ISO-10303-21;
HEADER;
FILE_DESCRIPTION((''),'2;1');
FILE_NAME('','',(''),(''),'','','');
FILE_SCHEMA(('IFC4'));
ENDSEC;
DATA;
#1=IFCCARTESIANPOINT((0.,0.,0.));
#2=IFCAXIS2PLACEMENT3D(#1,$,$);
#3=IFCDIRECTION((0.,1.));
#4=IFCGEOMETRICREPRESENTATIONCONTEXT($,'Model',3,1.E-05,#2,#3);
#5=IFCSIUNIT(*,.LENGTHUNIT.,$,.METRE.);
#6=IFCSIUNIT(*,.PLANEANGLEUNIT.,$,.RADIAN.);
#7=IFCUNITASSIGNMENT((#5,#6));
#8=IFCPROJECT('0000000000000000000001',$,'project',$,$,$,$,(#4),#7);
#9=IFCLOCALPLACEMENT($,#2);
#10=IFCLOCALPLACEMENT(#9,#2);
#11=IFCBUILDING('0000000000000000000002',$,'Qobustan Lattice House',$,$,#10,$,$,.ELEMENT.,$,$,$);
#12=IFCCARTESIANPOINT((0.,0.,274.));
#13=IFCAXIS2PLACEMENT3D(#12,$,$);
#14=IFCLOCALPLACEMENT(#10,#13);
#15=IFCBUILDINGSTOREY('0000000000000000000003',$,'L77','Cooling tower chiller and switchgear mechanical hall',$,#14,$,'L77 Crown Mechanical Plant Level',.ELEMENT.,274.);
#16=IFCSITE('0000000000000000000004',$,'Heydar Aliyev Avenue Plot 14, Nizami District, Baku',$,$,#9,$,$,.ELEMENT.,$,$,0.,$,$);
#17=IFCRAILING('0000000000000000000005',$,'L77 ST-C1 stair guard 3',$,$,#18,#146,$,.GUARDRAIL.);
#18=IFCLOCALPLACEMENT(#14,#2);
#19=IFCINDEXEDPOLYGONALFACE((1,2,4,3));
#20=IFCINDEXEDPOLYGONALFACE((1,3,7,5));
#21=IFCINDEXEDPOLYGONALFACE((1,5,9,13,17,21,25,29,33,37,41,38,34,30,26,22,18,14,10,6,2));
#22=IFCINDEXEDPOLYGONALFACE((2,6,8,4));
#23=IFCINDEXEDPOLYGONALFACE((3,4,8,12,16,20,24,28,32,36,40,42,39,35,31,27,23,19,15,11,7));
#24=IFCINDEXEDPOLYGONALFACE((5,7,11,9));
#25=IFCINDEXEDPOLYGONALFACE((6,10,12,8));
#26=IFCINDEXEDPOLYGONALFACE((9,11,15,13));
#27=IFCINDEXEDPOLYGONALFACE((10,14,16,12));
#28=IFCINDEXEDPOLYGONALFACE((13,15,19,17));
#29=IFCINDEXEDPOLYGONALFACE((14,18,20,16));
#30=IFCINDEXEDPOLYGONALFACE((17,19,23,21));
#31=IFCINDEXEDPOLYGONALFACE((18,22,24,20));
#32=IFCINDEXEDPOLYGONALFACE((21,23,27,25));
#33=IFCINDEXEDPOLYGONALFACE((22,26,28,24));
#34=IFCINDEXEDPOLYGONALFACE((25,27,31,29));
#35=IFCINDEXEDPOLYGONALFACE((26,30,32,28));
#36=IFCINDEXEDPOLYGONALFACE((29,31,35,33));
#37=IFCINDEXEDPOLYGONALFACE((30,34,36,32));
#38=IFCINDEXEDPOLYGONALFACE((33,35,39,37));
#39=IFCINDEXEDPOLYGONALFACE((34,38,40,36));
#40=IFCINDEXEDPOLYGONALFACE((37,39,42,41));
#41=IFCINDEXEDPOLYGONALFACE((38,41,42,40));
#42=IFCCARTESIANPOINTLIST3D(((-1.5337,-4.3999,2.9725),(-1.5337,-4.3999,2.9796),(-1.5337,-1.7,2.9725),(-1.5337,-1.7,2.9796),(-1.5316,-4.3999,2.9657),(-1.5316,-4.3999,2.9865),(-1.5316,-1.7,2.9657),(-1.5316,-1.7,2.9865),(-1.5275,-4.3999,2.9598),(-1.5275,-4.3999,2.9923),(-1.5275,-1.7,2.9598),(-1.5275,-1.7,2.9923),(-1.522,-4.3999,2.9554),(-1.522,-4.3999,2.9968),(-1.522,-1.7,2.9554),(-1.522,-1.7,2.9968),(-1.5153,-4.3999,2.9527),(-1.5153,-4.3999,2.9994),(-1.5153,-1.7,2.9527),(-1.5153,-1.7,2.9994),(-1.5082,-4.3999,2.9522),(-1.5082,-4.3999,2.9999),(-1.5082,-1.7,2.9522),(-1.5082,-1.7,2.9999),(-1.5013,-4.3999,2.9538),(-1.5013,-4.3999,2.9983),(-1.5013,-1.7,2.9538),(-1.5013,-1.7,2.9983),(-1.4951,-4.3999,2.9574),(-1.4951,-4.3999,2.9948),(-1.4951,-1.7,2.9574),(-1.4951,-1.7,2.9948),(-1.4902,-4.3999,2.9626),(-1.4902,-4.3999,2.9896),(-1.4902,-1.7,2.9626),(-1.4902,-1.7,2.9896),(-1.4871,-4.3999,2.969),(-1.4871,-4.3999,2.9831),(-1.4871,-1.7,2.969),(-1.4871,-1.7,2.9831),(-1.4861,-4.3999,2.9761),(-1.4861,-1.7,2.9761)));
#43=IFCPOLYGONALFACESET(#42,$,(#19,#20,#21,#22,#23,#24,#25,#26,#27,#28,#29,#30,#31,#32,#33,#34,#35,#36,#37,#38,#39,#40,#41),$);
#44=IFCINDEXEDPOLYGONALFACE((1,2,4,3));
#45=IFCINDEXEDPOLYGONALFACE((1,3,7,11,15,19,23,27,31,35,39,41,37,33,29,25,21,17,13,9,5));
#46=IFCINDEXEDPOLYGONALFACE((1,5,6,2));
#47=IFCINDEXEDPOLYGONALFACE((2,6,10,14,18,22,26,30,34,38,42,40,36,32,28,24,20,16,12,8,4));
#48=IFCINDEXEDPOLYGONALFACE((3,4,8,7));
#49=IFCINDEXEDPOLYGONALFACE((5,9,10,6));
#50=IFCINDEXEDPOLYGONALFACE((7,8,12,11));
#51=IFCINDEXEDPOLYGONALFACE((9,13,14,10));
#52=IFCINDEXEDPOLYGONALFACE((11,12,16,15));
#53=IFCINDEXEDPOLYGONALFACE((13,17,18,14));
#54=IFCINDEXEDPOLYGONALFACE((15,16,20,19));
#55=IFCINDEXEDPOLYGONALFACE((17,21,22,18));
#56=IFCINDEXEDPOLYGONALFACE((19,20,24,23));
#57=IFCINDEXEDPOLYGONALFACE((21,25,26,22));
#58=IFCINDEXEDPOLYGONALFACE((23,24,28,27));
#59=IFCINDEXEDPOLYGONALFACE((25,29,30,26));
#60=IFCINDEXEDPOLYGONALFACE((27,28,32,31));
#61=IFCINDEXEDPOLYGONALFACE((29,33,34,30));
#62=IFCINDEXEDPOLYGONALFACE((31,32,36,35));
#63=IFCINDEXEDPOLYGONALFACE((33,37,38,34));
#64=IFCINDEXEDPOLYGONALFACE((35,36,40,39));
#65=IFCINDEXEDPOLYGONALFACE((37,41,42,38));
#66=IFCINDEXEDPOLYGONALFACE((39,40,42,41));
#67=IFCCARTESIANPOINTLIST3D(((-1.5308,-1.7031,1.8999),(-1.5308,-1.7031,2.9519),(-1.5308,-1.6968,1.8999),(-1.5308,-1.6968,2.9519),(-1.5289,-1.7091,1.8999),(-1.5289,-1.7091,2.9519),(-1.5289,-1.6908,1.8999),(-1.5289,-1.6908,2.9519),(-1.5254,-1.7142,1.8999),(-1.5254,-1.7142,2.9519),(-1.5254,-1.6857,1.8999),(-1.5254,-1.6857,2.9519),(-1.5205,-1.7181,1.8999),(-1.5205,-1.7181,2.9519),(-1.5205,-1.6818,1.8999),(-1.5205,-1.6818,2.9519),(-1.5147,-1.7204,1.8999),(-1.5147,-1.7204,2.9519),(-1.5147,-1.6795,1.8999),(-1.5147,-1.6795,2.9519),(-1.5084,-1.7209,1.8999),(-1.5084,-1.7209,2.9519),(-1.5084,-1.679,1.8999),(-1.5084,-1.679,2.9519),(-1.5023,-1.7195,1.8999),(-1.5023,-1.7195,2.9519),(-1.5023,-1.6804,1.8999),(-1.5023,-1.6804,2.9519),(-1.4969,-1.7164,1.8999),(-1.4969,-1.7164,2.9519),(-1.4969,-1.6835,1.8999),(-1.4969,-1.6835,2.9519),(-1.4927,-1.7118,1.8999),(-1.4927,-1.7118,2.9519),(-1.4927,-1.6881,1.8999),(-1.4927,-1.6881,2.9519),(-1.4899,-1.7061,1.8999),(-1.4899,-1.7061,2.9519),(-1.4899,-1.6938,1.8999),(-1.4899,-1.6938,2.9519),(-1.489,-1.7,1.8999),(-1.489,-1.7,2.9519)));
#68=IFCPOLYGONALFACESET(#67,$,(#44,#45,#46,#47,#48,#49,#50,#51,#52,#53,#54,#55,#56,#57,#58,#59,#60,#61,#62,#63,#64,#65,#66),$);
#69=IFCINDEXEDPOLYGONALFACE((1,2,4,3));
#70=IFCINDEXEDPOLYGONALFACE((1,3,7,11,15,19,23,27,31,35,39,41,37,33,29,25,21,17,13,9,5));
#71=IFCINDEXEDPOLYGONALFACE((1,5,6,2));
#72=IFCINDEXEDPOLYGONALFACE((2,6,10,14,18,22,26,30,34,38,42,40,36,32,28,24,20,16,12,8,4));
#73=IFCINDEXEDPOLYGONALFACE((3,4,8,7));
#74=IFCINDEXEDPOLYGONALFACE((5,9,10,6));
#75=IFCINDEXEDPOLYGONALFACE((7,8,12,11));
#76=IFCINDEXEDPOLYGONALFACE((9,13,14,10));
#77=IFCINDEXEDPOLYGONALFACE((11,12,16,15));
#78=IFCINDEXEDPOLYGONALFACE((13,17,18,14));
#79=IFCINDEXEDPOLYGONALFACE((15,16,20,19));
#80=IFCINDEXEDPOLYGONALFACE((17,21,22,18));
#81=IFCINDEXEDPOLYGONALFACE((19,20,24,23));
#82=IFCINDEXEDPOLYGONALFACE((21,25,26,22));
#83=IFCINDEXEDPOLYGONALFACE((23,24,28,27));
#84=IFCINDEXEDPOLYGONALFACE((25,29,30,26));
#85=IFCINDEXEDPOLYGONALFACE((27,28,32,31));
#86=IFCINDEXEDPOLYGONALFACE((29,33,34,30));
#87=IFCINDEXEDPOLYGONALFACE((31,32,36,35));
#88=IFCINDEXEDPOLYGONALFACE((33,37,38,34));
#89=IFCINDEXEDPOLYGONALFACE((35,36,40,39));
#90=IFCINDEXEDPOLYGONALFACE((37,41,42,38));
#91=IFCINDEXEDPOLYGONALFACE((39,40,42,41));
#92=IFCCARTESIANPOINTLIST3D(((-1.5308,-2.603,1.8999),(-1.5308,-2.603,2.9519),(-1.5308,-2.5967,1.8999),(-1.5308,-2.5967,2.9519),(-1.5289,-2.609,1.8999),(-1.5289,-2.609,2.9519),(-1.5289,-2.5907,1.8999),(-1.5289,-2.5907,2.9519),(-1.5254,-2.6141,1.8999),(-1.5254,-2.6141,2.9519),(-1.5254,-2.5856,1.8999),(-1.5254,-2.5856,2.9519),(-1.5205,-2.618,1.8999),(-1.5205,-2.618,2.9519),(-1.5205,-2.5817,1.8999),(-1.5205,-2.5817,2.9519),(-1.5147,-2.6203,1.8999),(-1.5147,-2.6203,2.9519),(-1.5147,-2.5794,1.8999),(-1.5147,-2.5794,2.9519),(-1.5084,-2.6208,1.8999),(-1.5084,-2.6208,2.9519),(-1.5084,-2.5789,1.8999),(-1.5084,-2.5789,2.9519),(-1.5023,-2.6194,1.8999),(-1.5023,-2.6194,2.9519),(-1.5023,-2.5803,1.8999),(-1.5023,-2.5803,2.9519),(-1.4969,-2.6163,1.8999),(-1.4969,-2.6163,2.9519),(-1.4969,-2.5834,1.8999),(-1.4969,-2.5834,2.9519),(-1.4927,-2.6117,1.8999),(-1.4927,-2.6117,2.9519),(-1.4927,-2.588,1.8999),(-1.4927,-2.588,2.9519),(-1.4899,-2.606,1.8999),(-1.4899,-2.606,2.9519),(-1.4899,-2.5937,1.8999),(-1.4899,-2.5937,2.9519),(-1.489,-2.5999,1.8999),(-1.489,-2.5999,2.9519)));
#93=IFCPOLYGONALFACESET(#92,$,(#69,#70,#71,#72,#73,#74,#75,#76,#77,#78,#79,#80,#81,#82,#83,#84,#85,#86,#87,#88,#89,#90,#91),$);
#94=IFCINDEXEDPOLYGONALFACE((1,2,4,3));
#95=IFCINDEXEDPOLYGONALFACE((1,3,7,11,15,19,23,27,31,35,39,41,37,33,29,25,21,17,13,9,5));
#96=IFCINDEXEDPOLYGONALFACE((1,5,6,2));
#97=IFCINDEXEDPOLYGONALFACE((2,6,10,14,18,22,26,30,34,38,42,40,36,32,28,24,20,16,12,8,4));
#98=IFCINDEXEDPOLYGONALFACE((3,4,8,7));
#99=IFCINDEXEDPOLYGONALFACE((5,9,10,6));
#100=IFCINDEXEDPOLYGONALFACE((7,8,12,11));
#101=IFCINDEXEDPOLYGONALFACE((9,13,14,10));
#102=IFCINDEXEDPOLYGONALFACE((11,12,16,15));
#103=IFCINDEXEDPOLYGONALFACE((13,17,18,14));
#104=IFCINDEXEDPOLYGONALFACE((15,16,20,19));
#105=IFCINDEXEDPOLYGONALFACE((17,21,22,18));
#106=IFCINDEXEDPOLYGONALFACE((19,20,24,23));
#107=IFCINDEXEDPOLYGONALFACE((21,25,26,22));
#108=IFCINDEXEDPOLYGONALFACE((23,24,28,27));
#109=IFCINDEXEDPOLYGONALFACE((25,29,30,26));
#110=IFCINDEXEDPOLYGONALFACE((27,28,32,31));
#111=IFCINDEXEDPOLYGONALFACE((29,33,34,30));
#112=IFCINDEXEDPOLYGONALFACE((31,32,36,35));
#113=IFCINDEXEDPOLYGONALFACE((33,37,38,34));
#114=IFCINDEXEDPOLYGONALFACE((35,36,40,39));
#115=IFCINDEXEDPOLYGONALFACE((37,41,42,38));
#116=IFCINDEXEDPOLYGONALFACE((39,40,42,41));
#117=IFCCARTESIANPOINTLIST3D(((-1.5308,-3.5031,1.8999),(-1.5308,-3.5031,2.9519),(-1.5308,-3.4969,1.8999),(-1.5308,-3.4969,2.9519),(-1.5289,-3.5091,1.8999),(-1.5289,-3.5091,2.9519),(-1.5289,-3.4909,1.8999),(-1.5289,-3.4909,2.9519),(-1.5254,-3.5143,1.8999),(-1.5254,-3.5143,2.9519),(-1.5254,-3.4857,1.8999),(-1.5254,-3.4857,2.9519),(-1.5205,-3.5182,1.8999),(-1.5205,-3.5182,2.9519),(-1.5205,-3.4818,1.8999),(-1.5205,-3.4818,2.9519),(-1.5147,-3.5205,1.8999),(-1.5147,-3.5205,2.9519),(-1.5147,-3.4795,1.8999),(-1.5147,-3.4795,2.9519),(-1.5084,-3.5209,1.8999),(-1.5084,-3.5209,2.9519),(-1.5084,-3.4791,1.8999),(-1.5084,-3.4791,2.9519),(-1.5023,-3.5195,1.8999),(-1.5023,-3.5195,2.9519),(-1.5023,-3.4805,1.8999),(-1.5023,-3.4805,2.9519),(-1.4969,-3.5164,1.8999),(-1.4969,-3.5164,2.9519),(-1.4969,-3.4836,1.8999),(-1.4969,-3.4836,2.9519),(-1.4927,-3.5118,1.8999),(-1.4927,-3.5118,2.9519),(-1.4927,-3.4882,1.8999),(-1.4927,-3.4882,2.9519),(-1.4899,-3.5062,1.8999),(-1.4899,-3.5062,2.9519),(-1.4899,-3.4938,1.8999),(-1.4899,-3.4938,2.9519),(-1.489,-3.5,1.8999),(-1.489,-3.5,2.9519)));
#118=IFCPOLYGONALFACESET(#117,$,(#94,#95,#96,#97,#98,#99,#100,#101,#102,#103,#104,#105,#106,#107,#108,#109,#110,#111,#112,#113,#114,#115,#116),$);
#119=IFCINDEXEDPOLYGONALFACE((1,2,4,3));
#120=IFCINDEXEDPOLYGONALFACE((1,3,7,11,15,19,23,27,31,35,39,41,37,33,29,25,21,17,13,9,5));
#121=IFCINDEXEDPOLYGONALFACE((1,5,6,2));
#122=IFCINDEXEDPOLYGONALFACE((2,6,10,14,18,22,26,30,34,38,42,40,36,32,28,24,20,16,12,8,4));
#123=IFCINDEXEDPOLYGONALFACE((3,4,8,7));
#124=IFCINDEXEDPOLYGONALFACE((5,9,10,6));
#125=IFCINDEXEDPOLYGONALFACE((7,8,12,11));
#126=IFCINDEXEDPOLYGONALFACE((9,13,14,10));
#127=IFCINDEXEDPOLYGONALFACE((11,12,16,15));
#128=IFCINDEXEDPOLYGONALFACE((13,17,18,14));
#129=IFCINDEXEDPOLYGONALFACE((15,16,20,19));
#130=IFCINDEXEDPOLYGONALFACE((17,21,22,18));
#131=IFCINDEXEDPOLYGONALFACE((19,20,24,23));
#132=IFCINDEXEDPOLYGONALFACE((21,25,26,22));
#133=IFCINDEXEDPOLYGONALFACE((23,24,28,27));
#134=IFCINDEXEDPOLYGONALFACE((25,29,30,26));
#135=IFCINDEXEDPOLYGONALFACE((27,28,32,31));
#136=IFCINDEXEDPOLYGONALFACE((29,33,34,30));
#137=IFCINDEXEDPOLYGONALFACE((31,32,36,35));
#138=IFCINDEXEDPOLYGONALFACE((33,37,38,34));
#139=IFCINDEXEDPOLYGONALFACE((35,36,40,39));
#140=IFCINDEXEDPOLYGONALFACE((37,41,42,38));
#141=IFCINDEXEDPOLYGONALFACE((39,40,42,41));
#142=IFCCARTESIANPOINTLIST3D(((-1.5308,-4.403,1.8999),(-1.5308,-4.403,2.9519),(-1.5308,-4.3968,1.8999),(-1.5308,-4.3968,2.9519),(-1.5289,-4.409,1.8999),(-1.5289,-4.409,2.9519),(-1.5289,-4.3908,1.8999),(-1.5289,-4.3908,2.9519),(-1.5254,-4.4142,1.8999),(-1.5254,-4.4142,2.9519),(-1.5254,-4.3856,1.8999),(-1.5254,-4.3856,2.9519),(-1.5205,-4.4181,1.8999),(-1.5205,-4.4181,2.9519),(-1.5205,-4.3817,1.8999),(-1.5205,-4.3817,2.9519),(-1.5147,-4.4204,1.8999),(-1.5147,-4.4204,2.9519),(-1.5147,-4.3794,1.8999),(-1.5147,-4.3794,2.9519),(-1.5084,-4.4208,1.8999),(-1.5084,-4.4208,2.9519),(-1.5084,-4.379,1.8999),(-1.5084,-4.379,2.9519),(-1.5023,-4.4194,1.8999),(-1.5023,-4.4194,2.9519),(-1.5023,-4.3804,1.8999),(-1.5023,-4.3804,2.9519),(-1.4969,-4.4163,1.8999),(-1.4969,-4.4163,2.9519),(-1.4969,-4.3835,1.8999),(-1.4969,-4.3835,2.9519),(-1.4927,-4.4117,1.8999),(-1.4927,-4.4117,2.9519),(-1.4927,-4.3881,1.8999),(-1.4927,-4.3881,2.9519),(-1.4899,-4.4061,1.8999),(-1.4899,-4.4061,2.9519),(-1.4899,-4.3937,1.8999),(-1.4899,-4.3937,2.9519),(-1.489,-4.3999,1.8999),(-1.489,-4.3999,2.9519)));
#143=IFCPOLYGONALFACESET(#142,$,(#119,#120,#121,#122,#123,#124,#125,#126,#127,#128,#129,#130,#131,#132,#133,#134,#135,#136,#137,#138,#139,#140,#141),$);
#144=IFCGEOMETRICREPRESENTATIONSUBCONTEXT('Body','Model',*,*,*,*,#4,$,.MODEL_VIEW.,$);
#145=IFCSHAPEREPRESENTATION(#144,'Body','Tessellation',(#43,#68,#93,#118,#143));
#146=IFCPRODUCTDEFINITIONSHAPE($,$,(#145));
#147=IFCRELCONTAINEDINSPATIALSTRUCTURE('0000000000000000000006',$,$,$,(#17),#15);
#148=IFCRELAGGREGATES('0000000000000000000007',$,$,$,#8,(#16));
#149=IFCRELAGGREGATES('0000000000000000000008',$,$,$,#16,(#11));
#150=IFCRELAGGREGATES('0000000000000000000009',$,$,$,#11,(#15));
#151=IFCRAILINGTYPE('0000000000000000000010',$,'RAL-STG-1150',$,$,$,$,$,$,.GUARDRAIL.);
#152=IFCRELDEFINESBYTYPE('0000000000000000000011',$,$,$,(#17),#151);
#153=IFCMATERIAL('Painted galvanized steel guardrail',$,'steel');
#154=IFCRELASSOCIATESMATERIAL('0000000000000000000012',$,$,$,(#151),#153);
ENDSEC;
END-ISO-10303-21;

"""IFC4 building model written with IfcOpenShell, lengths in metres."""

from ifc_helpers import new_model, si_unit, direction, frame, origin, origin_2d, place, context, subcontext, project, spatial, circle, extrude, material, type_object, element, save


model = new_model("IFC4")

# Units and contexts
model_context = context("Model", 3, precision=1e-05, world=origin(), true_north=direction((0.0, 1.0)))
body_context = subcontext(model_context, "Body", "Model", "MODEL_VIEW")
ifc_project = project(units=[si_unit("LENGTHUNIT", "METRE"), si_unit("PLANEANGLEUNIT", "RADIAN")], contexts=[model_context])

# Site, building, storey
site_placement = place(None, origin())
site = spatial("IfcSite", under=ifc_project, at=site_placement, Name="Heydar Aliyev Avenue Plot 14, Nizami District, Baku", CompositionType="ELEMENT", RefElevation=0.0)
building_placement = place(site_placement, origin())
building = spatial("IfcBuilding", under=site, at=building_placement, Name="Qobustan Lattice House", CompositionType="ELEMENT")
storey_placement = place(building_placement, frame((0.0, 0.0, 274.0)))
storey = spatial("IfcBuildingStorey", under=building, at=storey_placement, Name="L77", Description="Cooling tower chiller and switchgear mechanical hall", LongName="L77 Crown Mechanical Plant Level", CompositionType="ELEMENT", Elevation=274.0)

# Railing
ifc_material_1 = material(Name="Painted galvanized steel guardrail", Category="steel")
railing_type = type_object("IfcRailingType", Name="RAL-STG-1150", PredefinedType="GUARDRAIL", material=ifc_material_1)
railing_1_placement = place(storey_placement, frame((-1.51, -1.7, 1.8999)))
element("IfcRailing", 1, at=railing_1_placement, inside=storey, type_object=railing_type, Name="L77 ST-C1 stair guard 3", PredefinedType="GUARDRAIL", context=body_context, shape_type="SweptSolid", body=[
    extrude(circle(Radius=0.0239, at=origin_2d()), frame((0.0, 0.0, 1.0762), z_axis=(0.0, -1.0, 0.0), x_axis=(1.0, 0.0, 0.0)), (0.0, 0.0, 1.0), 2.7),
    extrude(circle(Radius=0.021, at=origin_2d()), origin(), (0.0, 0.0, 1.0), 1.052),
    extrude(circle(Radius=0.021, at=origin_2d()), frame((0.0, -0.8999, 0.0)), (0.0, 0.0, 1.0), 1.052),
    extrude(circle(Radius=0.021, at=origin_2d()), frame((0.0, -1.8, 0.0)), (0.0, 0.0, 1.0), 1.052),
    extrude(circle(Radius=0.021, at=origin_2d()), frame((0.0, -2.7, 0.0)), (0.0, 0.0, 1.0), 1.052),
])

save(model, "model.ifc")
